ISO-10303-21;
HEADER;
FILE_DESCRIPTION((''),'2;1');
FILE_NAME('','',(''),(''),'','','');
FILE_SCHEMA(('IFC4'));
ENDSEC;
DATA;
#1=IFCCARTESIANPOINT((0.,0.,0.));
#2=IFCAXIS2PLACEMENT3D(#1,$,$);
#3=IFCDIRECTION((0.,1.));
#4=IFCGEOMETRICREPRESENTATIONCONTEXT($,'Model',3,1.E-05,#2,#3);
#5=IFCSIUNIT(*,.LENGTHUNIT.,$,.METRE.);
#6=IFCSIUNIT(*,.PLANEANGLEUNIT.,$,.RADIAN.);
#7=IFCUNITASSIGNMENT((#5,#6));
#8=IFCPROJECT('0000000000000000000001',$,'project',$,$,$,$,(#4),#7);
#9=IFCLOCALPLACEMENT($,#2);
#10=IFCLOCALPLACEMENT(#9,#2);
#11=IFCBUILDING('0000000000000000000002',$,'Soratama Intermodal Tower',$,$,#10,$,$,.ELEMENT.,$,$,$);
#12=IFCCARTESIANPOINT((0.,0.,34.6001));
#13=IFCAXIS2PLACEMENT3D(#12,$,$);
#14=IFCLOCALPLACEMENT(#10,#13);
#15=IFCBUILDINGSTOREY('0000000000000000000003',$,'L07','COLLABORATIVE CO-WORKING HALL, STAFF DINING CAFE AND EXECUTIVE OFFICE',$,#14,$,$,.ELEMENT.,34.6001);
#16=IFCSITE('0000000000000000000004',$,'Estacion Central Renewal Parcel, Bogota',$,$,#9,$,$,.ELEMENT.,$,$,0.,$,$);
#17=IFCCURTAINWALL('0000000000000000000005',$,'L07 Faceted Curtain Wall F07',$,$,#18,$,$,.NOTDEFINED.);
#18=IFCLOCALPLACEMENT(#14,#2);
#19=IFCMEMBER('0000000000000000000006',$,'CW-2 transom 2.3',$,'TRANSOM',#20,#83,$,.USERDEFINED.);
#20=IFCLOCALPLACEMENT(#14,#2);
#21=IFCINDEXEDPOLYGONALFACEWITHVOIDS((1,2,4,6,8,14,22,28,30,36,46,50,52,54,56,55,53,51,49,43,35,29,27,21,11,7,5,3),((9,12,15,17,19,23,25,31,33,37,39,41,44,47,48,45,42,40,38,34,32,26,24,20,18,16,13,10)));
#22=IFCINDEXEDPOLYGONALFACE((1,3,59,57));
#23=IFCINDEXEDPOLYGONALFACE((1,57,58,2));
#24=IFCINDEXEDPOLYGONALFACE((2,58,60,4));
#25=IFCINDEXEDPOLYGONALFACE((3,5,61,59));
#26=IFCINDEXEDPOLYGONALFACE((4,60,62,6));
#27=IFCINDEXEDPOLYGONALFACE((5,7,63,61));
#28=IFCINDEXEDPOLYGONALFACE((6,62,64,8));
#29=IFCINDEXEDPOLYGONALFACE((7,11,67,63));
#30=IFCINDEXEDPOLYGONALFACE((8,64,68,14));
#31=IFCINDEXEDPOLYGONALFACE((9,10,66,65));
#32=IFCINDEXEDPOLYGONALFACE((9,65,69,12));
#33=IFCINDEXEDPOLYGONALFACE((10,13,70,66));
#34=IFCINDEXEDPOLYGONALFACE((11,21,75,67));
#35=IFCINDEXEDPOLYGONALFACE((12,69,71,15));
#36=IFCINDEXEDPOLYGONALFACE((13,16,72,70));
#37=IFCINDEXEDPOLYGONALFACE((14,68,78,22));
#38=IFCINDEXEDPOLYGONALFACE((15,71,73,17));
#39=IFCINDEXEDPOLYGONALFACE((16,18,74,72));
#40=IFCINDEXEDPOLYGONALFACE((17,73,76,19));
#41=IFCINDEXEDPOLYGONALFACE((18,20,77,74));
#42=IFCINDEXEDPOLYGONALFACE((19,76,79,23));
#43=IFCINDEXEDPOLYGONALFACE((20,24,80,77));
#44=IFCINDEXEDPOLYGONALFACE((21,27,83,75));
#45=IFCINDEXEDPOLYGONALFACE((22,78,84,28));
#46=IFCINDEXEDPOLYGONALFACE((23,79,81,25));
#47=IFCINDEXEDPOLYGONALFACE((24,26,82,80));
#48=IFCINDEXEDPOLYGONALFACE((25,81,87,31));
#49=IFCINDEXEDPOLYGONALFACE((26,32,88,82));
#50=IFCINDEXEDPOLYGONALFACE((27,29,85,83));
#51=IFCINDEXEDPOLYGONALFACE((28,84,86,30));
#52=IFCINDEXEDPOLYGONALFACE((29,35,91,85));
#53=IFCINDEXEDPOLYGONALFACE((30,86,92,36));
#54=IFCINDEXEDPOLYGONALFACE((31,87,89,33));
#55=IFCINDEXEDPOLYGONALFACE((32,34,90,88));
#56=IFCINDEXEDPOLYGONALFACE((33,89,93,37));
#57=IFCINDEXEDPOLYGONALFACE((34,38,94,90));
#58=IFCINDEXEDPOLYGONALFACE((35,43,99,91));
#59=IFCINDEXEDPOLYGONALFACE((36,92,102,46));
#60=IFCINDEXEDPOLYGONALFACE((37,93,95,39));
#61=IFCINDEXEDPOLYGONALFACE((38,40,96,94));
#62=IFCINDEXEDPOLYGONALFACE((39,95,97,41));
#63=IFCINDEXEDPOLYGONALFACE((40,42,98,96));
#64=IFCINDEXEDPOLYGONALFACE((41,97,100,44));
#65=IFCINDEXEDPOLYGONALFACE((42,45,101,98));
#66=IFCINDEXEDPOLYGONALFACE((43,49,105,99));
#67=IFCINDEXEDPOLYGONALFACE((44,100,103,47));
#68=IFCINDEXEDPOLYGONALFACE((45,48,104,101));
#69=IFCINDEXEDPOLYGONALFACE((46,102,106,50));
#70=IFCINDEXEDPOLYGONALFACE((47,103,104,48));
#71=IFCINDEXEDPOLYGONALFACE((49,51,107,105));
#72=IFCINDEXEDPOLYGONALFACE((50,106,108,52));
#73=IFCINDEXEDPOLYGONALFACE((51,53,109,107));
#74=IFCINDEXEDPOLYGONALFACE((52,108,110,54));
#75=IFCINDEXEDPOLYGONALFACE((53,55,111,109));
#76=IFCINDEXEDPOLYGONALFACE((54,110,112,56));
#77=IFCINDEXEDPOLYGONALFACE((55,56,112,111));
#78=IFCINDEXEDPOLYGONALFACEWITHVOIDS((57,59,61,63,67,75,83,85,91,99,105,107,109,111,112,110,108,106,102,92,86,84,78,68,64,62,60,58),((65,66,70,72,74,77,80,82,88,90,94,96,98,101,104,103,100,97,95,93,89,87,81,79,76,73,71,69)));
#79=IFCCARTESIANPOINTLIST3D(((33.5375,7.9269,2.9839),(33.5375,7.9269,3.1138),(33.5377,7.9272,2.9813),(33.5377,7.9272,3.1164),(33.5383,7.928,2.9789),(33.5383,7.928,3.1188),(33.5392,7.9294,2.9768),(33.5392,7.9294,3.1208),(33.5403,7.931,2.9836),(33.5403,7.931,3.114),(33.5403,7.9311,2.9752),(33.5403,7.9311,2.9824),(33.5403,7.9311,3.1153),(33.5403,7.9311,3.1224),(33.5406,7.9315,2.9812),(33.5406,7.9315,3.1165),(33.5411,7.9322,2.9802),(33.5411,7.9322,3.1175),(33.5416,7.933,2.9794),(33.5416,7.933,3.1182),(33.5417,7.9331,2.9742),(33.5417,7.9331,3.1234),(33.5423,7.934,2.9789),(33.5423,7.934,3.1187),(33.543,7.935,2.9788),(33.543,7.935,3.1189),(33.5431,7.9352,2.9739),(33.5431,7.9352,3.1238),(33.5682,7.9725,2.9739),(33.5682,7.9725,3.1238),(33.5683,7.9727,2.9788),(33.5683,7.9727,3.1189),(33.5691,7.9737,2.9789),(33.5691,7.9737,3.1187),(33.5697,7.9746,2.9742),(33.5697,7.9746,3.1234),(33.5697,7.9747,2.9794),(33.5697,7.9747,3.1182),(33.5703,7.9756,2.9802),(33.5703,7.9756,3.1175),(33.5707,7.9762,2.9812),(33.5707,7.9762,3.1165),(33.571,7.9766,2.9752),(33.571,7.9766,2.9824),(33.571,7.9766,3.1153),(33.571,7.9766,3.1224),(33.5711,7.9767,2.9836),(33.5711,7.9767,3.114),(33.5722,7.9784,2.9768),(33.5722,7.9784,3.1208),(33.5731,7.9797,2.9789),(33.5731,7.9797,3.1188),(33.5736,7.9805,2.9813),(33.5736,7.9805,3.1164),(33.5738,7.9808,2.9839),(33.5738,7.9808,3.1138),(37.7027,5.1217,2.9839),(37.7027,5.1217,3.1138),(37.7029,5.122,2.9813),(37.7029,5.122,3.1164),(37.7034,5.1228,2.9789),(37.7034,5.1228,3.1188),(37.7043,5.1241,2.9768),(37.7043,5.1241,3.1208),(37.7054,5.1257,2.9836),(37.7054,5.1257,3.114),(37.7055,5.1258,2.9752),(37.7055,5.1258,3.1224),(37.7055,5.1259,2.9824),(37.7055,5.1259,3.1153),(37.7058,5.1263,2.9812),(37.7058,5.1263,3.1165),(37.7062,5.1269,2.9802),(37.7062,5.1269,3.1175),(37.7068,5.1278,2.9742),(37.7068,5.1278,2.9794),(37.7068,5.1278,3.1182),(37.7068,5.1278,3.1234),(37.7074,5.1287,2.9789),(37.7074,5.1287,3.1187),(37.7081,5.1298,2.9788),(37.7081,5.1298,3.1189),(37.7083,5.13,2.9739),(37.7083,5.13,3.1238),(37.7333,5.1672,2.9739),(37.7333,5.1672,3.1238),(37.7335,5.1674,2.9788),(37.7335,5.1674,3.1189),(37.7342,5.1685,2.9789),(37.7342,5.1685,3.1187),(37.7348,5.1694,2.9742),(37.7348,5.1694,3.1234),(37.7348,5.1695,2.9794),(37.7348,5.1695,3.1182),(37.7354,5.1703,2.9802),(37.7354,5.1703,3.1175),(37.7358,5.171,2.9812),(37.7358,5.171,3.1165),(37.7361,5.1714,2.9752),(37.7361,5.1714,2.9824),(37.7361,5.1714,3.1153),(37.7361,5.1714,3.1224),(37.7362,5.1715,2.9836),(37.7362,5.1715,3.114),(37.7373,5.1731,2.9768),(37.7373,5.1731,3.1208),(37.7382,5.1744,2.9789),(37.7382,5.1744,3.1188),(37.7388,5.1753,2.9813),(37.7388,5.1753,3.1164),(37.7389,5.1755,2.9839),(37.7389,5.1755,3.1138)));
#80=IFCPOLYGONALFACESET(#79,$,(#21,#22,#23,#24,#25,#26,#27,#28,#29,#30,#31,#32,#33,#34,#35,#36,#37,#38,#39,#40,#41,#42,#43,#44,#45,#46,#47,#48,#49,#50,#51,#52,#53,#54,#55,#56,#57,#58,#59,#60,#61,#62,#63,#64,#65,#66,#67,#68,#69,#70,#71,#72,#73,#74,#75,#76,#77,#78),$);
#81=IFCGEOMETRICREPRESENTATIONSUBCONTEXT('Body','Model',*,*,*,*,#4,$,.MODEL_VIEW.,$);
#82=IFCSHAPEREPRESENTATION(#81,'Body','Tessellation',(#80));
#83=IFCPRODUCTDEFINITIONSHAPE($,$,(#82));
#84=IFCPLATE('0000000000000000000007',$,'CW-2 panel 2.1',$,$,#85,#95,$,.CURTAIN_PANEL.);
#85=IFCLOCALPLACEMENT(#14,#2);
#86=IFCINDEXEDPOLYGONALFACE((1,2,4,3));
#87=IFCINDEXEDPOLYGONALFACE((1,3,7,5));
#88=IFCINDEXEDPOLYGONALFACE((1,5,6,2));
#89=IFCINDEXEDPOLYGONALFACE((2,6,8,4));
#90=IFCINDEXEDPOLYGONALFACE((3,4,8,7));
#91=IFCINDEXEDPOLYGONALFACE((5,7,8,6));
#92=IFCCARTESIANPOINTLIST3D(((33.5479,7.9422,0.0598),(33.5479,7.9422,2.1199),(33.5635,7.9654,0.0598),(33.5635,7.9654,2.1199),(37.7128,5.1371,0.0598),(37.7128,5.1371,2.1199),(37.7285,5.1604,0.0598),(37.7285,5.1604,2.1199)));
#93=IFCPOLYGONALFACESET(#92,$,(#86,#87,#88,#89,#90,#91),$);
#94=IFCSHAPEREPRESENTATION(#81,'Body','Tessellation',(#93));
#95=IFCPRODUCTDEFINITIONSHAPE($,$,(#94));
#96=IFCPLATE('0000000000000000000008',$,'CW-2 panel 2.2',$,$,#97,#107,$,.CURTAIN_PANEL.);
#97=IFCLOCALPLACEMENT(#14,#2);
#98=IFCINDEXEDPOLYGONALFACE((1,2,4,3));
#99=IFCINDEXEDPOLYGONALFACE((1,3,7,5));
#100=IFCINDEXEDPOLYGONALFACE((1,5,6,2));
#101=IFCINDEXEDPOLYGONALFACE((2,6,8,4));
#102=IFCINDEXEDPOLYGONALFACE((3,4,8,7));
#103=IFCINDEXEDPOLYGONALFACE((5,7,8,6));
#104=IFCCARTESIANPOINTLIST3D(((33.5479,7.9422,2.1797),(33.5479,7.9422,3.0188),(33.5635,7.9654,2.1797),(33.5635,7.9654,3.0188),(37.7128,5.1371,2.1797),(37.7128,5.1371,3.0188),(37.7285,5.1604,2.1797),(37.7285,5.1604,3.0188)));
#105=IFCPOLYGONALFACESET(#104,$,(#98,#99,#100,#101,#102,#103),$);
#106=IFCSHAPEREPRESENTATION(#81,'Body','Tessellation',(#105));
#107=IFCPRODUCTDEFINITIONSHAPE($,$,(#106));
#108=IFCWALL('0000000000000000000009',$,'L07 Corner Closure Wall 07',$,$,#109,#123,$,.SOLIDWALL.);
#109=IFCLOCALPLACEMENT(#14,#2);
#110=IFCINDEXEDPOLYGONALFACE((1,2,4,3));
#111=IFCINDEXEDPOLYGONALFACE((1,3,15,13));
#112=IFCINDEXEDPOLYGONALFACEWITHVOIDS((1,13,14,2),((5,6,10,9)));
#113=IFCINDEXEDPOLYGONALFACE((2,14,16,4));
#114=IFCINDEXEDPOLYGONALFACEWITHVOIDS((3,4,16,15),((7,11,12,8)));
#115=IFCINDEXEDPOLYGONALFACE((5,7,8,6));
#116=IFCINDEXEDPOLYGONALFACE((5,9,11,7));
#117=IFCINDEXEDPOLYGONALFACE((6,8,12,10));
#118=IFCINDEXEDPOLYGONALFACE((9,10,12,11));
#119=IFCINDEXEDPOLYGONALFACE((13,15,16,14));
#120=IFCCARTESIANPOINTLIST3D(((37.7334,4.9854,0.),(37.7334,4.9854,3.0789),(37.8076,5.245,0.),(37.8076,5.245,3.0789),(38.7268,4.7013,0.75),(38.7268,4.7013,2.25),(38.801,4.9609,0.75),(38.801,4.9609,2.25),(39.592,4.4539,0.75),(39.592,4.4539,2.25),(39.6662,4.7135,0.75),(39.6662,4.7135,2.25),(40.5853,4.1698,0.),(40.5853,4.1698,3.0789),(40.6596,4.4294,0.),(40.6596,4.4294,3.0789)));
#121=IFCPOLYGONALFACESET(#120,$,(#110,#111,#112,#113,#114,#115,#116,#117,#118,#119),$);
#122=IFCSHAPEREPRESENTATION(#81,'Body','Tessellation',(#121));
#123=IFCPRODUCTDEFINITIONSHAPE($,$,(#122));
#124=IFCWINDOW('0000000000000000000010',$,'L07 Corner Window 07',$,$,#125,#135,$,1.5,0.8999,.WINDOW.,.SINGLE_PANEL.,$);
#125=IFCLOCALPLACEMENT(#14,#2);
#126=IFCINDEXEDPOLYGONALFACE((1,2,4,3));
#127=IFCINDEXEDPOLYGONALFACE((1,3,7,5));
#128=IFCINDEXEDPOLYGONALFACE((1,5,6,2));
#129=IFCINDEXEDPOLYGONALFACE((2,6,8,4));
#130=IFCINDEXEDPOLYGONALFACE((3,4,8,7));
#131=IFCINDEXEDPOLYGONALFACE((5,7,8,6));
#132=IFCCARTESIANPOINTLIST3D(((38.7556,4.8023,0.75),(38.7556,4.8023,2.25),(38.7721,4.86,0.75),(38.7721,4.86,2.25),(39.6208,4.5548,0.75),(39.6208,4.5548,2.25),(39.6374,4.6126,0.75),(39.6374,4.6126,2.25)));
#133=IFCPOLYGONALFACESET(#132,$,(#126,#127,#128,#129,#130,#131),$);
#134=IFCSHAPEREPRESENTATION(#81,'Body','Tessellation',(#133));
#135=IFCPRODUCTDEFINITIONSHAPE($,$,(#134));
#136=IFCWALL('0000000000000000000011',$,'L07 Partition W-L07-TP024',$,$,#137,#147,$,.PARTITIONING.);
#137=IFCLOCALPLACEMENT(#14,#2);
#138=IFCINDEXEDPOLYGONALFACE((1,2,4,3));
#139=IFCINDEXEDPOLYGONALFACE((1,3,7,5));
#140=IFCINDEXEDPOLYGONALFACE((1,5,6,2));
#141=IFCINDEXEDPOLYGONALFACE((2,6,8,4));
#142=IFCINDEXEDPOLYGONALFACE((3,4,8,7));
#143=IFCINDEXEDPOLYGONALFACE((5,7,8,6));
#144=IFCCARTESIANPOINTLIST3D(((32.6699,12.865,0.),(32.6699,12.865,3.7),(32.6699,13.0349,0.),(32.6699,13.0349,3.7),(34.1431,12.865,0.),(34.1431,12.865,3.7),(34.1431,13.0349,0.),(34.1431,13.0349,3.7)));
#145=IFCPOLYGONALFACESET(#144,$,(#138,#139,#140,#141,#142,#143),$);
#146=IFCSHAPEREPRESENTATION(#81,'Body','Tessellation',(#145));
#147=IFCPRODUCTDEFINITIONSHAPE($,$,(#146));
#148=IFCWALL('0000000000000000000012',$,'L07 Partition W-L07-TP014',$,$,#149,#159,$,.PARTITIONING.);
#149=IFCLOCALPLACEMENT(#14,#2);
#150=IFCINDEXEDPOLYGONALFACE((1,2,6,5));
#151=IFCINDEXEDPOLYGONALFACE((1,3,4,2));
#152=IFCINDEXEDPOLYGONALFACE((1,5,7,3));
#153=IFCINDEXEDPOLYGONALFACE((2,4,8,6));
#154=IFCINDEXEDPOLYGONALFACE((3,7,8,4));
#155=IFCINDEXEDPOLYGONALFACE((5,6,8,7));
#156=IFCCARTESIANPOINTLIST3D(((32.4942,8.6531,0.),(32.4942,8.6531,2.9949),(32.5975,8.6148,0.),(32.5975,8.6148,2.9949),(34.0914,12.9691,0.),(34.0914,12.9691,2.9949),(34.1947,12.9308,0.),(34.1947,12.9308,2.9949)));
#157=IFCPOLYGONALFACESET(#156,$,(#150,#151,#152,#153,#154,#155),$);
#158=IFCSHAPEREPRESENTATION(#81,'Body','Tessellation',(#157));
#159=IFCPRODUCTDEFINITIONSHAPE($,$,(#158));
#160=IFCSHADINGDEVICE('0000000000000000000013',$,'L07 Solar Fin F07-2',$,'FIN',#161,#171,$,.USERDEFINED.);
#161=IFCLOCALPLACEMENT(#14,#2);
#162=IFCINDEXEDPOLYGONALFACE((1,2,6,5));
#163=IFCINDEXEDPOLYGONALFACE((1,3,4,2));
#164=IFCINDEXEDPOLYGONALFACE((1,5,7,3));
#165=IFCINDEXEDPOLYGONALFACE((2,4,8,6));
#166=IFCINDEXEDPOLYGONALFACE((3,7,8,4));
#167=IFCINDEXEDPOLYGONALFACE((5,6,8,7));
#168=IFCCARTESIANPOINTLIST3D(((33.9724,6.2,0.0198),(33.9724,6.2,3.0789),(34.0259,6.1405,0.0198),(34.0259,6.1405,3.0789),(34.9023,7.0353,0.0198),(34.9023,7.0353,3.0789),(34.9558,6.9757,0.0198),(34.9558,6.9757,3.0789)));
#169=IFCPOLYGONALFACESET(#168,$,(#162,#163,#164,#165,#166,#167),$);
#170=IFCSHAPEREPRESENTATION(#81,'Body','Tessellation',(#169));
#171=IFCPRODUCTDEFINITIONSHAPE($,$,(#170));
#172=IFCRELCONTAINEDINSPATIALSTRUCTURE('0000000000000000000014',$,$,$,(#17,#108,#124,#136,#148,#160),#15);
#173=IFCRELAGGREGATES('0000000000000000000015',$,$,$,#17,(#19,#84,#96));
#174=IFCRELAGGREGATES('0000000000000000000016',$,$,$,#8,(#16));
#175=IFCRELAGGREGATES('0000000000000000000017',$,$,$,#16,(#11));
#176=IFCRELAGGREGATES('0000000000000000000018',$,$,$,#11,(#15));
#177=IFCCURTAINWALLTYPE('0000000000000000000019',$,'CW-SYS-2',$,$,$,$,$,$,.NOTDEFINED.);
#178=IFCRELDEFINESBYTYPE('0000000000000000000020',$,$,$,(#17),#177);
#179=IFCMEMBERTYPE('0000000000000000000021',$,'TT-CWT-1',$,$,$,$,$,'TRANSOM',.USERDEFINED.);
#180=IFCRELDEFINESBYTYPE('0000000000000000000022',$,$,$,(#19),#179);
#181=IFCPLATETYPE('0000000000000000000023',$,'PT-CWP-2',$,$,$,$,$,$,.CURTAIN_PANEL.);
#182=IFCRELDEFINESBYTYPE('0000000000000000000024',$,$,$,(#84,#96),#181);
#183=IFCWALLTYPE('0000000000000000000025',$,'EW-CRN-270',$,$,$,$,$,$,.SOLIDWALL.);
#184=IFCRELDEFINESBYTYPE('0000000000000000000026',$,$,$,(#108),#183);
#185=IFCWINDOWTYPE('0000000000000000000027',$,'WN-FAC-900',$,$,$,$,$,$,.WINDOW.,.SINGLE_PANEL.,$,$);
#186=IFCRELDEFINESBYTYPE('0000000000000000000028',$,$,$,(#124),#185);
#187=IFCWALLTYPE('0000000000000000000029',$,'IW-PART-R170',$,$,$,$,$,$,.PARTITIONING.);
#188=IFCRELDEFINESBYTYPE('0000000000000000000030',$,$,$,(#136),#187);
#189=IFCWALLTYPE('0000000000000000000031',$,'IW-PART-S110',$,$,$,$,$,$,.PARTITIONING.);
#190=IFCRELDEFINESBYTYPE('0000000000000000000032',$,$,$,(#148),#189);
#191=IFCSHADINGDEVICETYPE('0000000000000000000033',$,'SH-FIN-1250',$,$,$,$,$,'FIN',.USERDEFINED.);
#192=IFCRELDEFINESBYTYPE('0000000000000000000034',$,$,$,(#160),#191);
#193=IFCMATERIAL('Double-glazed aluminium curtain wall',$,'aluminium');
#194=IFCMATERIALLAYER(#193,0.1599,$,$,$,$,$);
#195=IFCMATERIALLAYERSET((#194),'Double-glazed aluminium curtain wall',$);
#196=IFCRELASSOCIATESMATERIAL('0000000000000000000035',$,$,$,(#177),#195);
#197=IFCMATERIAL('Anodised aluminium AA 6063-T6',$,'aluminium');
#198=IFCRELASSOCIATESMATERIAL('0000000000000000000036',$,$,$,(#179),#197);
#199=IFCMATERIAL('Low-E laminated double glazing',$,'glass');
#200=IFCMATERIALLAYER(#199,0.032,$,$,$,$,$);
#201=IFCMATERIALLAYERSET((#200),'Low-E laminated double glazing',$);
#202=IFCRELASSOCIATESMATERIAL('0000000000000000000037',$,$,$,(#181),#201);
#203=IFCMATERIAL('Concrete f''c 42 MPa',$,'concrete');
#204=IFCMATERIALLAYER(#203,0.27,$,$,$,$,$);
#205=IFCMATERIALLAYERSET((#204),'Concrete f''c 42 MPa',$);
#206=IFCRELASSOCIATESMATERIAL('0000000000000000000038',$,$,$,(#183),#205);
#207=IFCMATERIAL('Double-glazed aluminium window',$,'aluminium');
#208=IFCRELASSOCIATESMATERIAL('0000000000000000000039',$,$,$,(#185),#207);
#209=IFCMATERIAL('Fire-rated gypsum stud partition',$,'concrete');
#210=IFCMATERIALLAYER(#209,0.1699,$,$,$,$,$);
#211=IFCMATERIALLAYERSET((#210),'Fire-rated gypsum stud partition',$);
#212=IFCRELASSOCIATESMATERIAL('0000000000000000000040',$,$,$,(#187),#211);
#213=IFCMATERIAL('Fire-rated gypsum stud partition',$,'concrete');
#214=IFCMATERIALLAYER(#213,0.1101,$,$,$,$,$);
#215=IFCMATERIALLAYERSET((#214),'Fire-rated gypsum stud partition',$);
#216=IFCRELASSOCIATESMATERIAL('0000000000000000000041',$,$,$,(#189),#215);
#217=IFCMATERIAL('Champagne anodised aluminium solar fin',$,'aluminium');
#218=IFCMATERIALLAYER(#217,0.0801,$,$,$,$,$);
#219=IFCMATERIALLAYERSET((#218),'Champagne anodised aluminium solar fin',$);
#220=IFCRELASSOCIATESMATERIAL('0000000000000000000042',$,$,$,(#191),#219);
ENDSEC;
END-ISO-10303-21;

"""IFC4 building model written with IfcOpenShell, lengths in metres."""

from ifc_helpers import new_model, si_unit, direction, frame, frame_2d, origin, origin_2d, place, context, subcontext, project, spatial, rectangle, hollow_rectangle, extrude, material, layer, layer_set, material_profile, profile_set, type_object, element, fill, aggregate, save


model = new_model("IFC4")

# Units and contexts
model_context = context("Model", 3, precision=1e-05, world=origin(), true_north=direction((0.0, 1.0)))
body_context = subcontext(model_context, "Body", "Model", "MODEL_VIEW")
ifc_project = project(units=[si_unit("LENGTHUNIT", "METRE"), si_unit("PLANEANGLEUNIT", "RADIAN")], contexts=[model_context])

# Site, building, storey
site_placement = place(None, origin())
site = spatial("IfcSite", under=ifc_project, at=site_placement, Name="Estacion Central Renewal Parcel, Bogota", CompositionType="ELEMENT", RefElevation=0.0)
building_placement = place(site_placement, origin())
building = spatial("IfcBuilding", under=site, at=building_placement, Name="Soratama Intermodal Tower", CompositionType="ELEMENT")
storey_placement = place(building_placement, frame((0.0, 0.0, 34.6001)))
storey = spatial("IfcBuildingStorey", under=building, at=storey_placement, Name="L07", Description="COLLABORATIVE CO-WORKING HALL, STAFF DINING CAFE AND EXECUTIVE OFFICE", CompositionType="ELEMENT", Elevation=34.6001)

# Curtain wall, member, plates
ifc_material_1 = material(Name="Double-glazed aluminium curtain wall", Category="aluminium")
ifc_layer_1 = layer(ifc_material_1, 0.1599)
ifc_layer_set_1 = layer_set([ifc_layer_1], Name="Double-glazed aluminium curtain wall")
curtain_wall_type = type_object("IfcCurtainWallType", Name="CW-SYS-2", PredefinedType="NOTDEFINED", material=ifc_layer_set_1)
curtain_wall_placement = place(storey_placement, origin())
curtain_wall = element("IfcCurtainWall", 1, at=curtain_wall_placement, inside=storey, type_object=curtain_wall_type, Name="L07 Faceted Curtain Wall F07", PredefinedType="NOTDEFINED")
ifc_material_2 = material(Name="Anodised aluminium AA 6063-T6", Category="aluminium")
ifc_material_profile_1 = material_profile(ifc_material_2, hollow_rectangle(XDim=0.0649, YDim=0.1499, WallThickness=0.0049, InnerFilletRadius=0.0049, OuterFilletRadius=0.01, at=origin_2d()), Name="CWT150X65X5")
ifc_profile_set_1 = profile_set([ifc_material_profile_1], Name="Anodised aluminium AA 6063-T6")
member_type_1 = type_object("IfcMemberType", Name="TT-CWT-1", ElementType="TRANSOM", PredefinedType="USERDEFINED", material=ifc_profile_set_1)
member_1_placement = place(storey_placement, frame((33.5557, 7.9539, 3.0488), z_axis=(0.829423, -0.558621, 0.0), x_axis=(0.558621, 0.829423, 0.0)))
member_1 = element("IfcMember", 2, at=member_1_placement, type_object=member_type_1, Name="CW-2 transom 2.3", ObjectType="TRANSOM", PredefinedType="USERDEFINED", context=body_context, shape_type="SweptSolid", body=[
    extrude(hollow_rectangle(XDim=0.0649, YDim=0.1499, WallThickness=0.0049, InnerFilletRadius=0.0049, OuterFilletRadius=0.01, at=origin_2d()), origin(), (0.0, 0.0, 1.0), 5.0217),
])
ifc_material_3 = material(Name="Low-E laminated double glazing", Category="glass")
ifc_layer_2 = layer(ifc_material_3, 0.032)
ifc_layer_set_2 = layer_set([ifc_layer_2], Name="Low-E laminated double glazing")
plate_type = type_object("IfcPlateType", Name="PT-CWP-2", PredefinedType="CURTAIN_PANEL", material=ifc_layer_set_2)
plate_1_placement = place(storey_placement, frame((35.6382, 6.5513, 0.0598), z_axis=(0.0, 0.0, 1.0), x_axis=(0.82943, -0.558611, 0.0)))
plate_1 = element("IfcPlate", 3, at=plate_1_placement, type_object=plate_type, Name="CW-2 panel 2.1", PredefinedType="CURTAIN_PANEL", context=body_context, shape_type="SweptSolid", body=[
    extrude(rectangle(XDim=5.0215, YDim=0.0281, at=origin_2d()), origin(), (0.0, 0.0, 1.0), 2.0601),
])
plate_2_placement = place(storey_placement, frame((35.6382, 6.5513, 2.1797), z_axis=(0.0, 0.0, 1.0), x_axis=(0.82943, -0.558611, 0.0)))
plate_2 = element("IfcPlate", 4, at=plate_2_placement, type_object=plate_type, Name="CW-2 panel 2.2", PredefinedType="CURTAIN_PANEL", context=body_context, shape_type="SweptSolid", body=[
    extrude(rectangle(XDim=5.0215, YDim=0.0281, at=origin_2d()), origin(), (0.0, 0.0, 1.0), 0.8391),
])
aggregate(curtain_wall, [member_1, plate_1, plate_2])

# Wall, opening, window
ifc_material_4 = material(Name="Concrete f'c 42 MPa", Category="concrete")
ifc_layer_3 = layer(ifc_material_4, 0.27)
ifc_layer_set_3 = layer_set([ifc_layer_3], Name="Concrete f'c 42 MPa")
wall_type_1 = type_object("IfcWallType", Name="EW-CRN-270", PredefinedType="SOLIDWALL", material=ifc_layer_set_3)
wall_1_placement = place(storey_placement, frame((37.7705, 5.1152, 0.0), z_axis=(0.0, 0.0, 1.0), x_axis=(0.961452, -0.274971, 0.0)))
wall_1 = element("IfcWall", 5, at=wall_1_placement, inside=storey, type_object=wall_type_1, Name="L07 Corner Closure Wall 07", PredefinedType="SOLIDWALL", context=body_context, shape_type="SweptSolid", body=[
    extrude(rectangle(XDim=2.9663, YDim=0.27, at=frame_2d((1.4832, 0.0))), origin(), (0.0, 0.0, 1.0), 3.0789),
])
opening_1_placement = place(wall_1_placement, frame((1.0332, 0.0, 0.75)))
opening_1 = element("IfcOpeningElement", 6, at=opening_1_placement, cuts=wall_1, PredefinedType="OPENING", context=body_context, shape_type="SweptSolid", body=[
    extrude(rectangle(XDim=0.8999, YDim=1.5, at=frame_2d((0.45, 0.75))), frame((0.0, 0.145, 0.0), z_axis=(0.0, -1.0, 0.0), x_axis=(1.0, 0.0, 0.0)), (0.0, 0.0, 1.0), 0.29),
])
ifc_material_5 = material(Name="Double-glazed aluminium window", Category="aluminium")
window_type = type_object("IfcWindowType", Name="WN-FAC-900", PartitioningType="SINGLE_PANEL", PredefinedType="WINDOW", material=ifc_material_5)
window_placement = place(opening_1_placement, origin())
window = element("IfcWindow", 7, at=window_placement, inside=storey, type_object=window_type, Name="L07 Corner Window 07", OverallHeight=1.5, OverallWidth=0.8999, PartitioningType="SINGLE_PANEL", PredefinedType="WINDOW", context=body_context, shape_type="SweptSolid", body=[
    extrude(rectangle(XDim=0.8999, YDim=1.5, at=frame_2d((0.45, 0.75))), frame((0.0, 0.03, 0.0), z_axis=(0.0, -1.0, 0.0), x_axis=(1.0, 0.0, 0.0)), (0.0, 0.0, 1.0), 0.0601),
])
fill(opening_1, window)

# Shared definitions
ifc_material_6 = material(Name="Fire-rated gypsum stud partition", Category="concrete")
ifc_layer_4 = layer(ifc_material_6, 0.1699)
ifc_layer_set_4 = layer_set([ifc_layer_4], Name="Fire-rated gypsum stud partition")
wall_type_2 = type_object("IfcWallType", Name="IW-PART-R170", PredefinedType="PARTITIONING", material=ifc_layer_set_4)

# Walls
wall_2_placement = place(storey_placement, frame((34.1431, 12.95, 0.0), z_axis=(0.0, 0.0, 1.0), x_axis=(-1.0, 0.0, 0.0)))
element("IfcWall", 8, at=wall_2_placement, inside=storey, type_object=wall_type_2, Name="L07 Partition W-L07-TP024", PredefinedType="PARTITIONING", context=body_context, shape_type="SweptSolid", body=[
    extrude(rectangle(XDim=1.4731, YDim=0.1699, at=frame_2d((0.7366, 0.0))), origin(), (0.0, 0.0, 1.0), 3.7),
])
ifc_material_7 = material(Name="Fire-rated gypsum stud partition", Category="concrete")
ifc_layer_5 = layer(ifc_material_7, 0.1101)
ifc_layer_set_5 = layer_set([ifc_layer_5], Name="Fire-rated gypsum stud partition")
wall_type_3 = type_object("IfcWallType", Name="IW-PART-S110", PredefinedType="PARTITIONING", material=ifc_layer_set_5)
wall_3_placement = place(storey_placement, frame((34.1431, 12.95, 0.0), z_axis=(0.0, 0.0, 1.0), x_axis=(-0.347062, -0.937842, 0.0)))
element("IfcWall", 9, at=wall_3_placement, inside=storey, type_object=wall_type_3, Name="L07 Partition W-L07-TP014", PredefinedType="PARTITIONING", context=body_context, shape_type="SweptSolid", body=[
    extrude(rectangle(XDim=4.6021, YDim=0.1101, at=frame_2d((2.301, 0.0))), origin(), (0.0, 0.0, 1.0), 2.9949),
])

# Shading device
ifc_material_8 = material(Name="Champagne anodised aluminium solar fin", Category="aluminium")
ifc_layer_6 = layer(ifc_material_8, 0.0801)
ifc_layer_set_6 = layer_set([ifc_layer_6], Name="Champagne anodised aluminium solar fin")
shading_device_type = type_object("IfcShadingDeviceType", Name="SH-FIN-1250", ElementType="FIN", PredefinedType="USERDEFINED", material=ifc_layer_set_6)
shading_device_placement = place(storey_placement, frame((34.4641, 6.5879, 0.0198), z_axis=(0.0, 0.0, 1.0), x_axis=(-0.743962, -0.668222, 0.0)))
element("IfcShadingDevice", 10, at=shading_device_placement, inside=storey, type_object=shading_device_type, Name="L07 Solar Fin F07-2", ObjectType="FIN", PredefinedType="USERDEFINED", context=body_context, shape_type="SweptSolid", body=[
    extrude(rectangle(XDim=1.25, YDim=0.0801, at=origin_2d()), origin(), (0.0, 0.0, 1.0), 3.0591),
])

save(model, "model.ifc")
